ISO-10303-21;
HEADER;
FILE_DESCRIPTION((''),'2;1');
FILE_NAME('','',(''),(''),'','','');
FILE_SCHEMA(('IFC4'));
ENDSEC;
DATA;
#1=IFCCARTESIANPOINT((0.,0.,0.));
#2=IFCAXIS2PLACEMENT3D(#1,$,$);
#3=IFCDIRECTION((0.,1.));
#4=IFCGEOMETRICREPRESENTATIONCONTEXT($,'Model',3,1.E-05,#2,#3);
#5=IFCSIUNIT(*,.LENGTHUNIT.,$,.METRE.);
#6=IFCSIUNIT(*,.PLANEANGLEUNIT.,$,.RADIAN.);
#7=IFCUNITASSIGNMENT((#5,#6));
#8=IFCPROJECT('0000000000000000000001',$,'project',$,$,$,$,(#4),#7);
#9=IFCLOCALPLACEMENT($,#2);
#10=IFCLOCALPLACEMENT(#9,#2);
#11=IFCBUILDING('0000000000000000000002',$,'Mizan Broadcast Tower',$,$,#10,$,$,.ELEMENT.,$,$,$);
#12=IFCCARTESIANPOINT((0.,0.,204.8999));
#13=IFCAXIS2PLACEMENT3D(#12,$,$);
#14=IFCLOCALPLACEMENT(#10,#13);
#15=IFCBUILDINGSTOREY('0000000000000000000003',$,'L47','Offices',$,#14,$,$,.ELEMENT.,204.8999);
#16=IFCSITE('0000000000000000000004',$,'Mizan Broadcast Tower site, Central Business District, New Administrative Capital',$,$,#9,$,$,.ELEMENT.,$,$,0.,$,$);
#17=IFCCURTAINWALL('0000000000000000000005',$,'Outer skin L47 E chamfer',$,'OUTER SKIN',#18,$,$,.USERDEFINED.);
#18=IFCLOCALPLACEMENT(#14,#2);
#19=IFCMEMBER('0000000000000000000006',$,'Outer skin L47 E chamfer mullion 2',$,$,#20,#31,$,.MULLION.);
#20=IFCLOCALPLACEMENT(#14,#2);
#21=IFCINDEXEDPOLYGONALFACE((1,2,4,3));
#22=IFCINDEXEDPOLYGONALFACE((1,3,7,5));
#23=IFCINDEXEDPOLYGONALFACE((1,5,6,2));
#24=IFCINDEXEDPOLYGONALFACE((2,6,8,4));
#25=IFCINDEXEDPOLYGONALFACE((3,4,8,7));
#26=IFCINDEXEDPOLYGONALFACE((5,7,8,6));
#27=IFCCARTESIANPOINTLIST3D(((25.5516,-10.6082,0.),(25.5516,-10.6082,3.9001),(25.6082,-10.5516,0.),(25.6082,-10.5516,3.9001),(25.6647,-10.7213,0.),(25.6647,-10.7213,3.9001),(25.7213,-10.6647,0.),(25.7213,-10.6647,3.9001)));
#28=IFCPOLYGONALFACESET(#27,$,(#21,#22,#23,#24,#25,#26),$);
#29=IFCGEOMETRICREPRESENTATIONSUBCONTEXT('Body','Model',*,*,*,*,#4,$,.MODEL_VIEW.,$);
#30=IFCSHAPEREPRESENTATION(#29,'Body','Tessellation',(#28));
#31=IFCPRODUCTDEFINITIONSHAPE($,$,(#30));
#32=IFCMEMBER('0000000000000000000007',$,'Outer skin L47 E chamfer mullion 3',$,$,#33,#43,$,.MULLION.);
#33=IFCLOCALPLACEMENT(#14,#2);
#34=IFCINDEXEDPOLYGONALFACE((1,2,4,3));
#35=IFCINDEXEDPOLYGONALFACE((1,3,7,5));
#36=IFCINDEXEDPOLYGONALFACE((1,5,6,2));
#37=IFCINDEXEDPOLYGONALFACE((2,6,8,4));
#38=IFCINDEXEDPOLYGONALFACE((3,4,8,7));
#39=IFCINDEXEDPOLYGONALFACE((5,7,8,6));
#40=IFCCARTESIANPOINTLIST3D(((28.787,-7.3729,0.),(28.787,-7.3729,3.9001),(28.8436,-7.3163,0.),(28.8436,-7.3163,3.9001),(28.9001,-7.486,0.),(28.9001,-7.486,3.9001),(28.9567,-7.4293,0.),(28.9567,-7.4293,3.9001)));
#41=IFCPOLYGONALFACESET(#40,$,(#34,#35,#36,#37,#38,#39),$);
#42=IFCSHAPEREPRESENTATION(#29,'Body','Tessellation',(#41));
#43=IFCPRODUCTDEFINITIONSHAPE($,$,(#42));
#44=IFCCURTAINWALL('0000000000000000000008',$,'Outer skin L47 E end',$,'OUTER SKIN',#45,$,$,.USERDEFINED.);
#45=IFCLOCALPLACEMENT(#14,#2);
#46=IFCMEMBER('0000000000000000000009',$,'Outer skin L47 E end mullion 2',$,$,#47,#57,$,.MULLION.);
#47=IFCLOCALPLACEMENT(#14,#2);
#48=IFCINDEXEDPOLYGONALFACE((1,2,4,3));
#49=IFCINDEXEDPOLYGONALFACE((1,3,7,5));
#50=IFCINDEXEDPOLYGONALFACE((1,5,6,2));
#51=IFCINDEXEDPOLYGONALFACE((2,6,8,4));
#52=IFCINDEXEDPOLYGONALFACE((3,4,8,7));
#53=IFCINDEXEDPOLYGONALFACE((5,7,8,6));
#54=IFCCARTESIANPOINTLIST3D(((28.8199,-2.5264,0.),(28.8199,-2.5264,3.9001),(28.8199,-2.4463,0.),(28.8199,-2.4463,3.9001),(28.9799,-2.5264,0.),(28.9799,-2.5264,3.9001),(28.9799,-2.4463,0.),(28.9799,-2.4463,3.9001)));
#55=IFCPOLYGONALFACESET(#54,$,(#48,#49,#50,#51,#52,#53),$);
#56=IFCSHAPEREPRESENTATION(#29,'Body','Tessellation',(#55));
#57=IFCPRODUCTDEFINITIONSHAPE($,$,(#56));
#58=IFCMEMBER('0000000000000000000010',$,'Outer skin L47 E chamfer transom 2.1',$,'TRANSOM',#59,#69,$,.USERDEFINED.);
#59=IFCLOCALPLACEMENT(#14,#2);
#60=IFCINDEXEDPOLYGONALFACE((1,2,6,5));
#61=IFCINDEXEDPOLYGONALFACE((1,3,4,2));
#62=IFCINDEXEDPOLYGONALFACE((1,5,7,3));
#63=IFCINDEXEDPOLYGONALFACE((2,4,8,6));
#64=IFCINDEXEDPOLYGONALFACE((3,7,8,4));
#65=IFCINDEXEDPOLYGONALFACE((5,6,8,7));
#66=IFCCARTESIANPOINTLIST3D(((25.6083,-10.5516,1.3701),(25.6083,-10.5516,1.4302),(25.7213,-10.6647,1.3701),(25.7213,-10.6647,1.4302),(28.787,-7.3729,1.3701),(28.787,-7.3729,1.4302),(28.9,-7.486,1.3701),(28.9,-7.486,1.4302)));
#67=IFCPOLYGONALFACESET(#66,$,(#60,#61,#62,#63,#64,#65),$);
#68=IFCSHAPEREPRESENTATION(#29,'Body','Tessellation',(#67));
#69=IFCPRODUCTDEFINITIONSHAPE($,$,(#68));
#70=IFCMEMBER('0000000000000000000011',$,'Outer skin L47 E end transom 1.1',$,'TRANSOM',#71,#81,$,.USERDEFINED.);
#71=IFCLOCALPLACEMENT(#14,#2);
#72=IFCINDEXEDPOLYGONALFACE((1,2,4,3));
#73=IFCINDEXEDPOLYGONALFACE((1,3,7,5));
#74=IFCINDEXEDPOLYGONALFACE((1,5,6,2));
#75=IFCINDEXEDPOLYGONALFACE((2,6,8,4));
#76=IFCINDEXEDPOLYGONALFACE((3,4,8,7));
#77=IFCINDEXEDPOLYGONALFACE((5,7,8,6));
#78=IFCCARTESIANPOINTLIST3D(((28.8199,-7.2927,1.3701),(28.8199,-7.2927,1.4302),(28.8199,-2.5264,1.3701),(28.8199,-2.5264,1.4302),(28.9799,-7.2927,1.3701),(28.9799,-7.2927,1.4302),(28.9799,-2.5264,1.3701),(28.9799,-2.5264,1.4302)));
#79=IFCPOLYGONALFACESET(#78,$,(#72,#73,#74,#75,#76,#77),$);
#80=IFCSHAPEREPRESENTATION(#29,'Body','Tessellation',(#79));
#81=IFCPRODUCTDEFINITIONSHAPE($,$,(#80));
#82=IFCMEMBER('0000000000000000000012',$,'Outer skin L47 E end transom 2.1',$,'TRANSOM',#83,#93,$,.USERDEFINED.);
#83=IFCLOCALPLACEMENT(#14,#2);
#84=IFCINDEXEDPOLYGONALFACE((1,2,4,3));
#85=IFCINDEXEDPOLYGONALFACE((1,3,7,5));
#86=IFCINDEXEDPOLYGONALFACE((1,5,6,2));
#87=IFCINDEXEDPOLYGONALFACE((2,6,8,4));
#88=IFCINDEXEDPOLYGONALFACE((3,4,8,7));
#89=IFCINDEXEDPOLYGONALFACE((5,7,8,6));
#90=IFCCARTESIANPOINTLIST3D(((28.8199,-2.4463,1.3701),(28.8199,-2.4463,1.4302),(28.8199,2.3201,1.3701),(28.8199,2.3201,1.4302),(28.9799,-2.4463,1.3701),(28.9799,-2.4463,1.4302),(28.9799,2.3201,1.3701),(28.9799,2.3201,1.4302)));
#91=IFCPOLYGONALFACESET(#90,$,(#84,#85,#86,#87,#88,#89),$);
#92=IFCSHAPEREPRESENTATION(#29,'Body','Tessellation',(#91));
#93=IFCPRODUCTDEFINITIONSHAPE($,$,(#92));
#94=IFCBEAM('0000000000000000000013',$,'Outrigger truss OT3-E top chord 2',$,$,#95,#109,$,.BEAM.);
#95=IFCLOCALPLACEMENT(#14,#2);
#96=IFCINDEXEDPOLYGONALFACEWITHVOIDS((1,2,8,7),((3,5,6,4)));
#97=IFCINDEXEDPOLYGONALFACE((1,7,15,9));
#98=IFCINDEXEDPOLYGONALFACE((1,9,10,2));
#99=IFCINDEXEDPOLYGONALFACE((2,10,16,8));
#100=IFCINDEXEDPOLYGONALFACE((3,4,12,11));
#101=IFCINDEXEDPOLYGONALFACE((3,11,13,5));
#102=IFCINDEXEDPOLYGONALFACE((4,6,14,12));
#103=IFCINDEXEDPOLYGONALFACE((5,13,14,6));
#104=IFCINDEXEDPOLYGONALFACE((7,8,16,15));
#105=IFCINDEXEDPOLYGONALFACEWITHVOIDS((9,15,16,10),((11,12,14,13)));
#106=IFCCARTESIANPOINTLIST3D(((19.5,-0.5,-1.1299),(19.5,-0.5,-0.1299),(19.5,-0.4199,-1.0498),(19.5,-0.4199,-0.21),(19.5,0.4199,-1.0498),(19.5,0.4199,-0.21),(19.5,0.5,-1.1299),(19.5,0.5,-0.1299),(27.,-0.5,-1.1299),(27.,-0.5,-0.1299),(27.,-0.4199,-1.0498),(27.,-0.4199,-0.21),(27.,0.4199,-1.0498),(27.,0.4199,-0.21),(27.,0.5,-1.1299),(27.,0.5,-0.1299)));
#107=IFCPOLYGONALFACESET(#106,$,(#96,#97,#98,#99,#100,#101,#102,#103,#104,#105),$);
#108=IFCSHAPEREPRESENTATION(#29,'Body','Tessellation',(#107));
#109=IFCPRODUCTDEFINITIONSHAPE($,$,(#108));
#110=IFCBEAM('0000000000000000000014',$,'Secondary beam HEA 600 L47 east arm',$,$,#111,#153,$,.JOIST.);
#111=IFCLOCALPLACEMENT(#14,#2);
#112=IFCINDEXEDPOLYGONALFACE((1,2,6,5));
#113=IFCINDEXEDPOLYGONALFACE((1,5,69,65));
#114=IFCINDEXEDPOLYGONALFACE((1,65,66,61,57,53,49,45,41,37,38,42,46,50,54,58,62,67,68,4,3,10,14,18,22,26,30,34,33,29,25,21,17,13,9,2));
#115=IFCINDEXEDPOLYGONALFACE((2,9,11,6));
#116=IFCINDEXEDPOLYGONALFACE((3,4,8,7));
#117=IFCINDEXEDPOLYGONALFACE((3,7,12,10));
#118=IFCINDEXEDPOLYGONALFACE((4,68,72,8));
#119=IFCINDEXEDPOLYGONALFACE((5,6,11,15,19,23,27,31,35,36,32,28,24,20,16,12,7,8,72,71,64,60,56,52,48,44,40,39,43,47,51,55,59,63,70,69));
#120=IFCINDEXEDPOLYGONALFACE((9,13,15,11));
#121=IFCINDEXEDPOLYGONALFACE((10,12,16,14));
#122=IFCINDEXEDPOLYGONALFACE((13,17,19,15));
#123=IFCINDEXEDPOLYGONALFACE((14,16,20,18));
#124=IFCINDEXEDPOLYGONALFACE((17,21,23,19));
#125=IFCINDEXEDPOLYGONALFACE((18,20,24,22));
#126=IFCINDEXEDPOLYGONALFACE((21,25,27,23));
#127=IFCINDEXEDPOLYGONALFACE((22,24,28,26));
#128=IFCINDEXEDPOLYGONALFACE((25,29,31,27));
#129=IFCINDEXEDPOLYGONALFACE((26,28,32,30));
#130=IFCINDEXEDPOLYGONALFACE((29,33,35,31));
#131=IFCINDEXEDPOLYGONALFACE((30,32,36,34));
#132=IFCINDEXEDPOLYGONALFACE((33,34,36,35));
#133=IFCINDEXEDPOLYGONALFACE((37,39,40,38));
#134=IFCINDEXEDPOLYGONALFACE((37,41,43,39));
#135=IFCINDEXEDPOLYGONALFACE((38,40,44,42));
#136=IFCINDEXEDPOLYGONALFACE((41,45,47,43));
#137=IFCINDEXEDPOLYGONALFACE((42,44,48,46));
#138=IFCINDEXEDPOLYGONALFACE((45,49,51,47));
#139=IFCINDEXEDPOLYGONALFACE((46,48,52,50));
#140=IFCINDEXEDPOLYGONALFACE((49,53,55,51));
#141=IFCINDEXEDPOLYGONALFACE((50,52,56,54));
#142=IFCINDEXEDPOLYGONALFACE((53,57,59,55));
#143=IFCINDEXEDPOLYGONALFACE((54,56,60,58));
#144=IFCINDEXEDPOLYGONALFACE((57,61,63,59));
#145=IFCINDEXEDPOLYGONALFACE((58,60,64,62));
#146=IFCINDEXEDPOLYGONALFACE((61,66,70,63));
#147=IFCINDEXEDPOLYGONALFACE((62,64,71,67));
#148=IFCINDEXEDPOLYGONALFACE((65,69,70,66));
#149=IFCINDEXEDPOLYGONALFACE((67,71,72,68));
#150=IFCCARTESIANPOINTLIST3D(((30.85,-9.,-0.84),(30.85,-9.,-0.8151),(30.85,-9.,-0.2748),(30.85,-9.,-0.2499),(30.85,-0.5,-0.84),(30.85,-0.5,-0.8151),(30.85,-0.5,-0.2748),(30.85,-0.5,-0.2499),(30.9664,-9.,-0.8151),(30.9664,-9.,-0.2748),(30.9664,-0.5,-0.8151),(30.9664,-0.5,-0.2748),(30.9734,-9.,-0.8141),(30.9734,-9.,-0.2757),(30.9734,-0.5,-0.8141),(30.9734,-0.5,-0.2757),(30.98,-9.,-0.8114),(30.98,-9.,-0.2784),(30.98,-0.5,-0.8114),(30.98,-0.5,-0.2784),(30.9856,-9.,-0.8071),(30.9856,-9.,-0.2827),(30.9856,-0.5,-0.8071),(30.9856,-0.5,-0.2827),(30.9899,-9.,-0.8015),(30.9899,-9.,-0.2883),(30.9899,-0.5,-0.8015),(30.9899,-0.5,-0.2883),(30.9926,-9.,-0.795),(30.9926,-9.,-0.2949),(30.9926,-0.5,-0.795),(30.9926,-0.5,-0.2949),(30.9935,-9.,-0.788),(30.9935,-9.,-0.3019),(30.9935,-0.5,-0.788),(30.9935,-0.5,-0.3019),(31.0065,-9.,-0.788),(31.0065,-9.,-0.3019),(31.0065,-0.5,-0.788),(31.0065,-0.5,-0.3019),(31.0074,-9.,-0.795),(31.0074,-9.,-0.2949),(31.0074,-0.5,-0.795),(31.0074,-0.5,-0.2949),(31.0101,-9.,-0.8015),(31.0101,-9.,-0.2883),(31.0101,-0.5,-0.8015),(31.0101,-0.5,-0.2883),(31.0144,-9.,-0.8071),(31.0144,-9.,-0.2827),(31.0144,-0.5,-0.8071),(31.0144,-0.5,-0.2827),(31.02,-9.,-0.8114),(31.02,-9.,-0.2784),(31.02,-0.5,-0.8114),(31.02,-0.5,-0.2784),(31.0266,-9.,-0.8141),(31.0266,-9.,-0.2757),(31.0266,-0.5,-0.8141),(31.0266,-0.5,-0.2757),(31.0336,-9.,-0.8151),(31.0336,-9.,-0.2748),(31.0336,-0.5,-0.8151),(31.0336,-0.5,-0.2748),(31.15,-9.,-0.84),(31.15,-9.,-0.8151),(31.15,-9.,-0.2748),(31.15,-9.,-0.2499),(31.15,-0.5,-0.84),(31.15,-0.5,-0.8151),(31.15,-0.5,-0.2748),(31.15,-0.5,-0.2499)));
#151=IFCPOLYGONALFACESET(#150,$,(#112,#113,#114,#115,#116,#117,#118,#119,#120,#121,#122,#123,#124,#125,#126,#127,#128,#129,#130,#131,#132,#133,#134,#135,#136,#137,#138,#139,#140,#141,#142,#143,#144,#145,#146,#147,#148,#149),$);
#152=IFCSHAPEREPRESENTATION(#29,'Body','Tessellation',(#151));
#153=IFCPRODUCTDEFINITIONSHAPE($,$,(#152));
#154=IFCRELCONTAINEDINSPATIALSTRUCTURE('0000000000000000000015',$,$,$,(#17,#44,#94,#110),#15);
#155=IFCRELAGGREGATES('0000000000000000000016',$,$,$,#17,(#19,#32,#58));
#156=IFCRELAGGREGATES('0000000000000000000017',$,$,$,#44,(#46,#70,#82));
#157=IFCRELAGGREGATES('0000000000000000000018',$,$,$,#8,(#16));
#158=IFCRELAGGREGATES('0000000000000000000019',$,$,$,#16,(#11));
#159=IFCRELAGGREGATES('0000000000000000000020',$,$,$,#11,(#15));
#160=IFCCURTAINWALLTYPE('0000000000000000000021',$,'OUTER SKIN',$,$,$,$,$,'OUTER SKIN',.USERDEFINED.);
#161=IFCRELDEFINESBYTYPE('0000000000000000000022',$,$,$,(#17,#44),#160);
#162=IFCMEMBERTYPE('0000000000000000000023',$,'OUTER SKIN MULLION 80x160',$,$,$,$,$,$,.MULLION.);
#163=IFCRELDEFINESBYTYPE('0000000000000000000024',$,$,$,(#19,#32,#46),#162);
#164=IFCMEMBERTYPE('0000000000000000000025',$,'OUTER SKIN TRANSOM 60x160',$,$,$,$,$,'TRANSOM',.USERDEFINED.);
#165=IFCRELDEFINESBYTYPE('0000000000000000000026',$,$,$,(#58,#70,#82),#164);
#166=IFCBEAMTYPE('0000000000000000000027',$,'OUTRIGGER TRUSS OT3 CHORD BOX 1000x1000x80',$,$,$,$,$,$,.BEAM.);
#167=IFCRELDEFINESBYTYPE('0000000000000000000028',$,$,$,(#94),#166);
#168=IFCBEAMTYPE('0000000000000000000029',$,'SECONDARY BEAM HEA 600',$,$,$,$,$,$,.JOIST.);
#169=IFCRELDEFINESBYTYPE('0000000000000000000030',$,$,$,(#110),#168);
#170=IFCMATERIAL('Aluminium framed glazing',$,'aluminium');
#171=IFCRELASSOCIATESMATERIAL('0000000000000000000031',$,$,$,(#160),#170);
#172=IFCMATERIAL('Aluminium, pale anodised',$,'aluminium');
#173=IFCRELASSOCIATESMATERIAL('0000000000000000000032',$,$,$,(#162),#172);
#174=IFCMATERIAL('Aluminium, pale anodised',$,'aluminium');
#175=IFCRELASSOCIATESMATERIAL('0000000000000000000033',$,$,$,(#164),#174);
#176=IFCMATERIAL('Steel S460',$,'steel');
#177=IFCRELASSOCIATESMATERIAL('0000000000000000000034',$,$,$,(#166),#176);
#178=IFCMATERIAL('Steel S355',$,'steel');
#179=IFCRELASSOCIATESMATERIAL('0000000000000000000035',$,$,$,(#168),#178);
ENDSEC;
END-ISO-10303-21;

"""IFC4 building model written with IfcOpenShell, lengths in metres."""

from ifc_helpers import new_model, si_unit, direction, frame, origin, origin_2d, place, context, subcontext, project, spatial, rectangle, hollow_rectangle, i_section, extrude, material, material_profile, profile_set, type_object, element, aggregate, save


model = new_model("IFC4")

# Units and contexts
model_context = context("Model", 3, precision=1e-05, world=origin(), true_north=direction((0.0, 1.0)))
body_context = subcontext(model_context, "Body", "Model", "MODEL_VIEW")
ifc_project = project(units=[si_unit("LENGTHUNIT", "METRE"), si_unit("PLANEANGLEUNIT", "RADIAN")], contexts=[model_context])

# Site, building, storey
site_placement = place(None, origin())
site = spatial("IfcSite", under=ifc_project, at=site_placement, Name="Mizan Broadcast Tower site, Central Business District, New Administrative Capital", CompositionType="ELEMENT", RefElevation=0.0)
building_placement = place(site_placement, origin())
building = spatial("IfcBuilding", under=site, at=building_placement, Name="Mizan Broadcast Tower", CompositionType="ELEMENT")
storey_placement = place(building_placement, frame((0.0, 0.0, 204.8999)))
storey = spatial("IfcBuildingStorey", under=building, at=storey_placement, Name="L47", Description="Offices", CompositionType="ELEMENT", Elevation=204.8999)

# Curtain wall, members
ifc_material_1 = material(Name="Aluminium framed glazing", Category="aluminium")
curtain_wall_type_1 = type_object("IfcCurtainWallType", Name="OUTER SKIN", ElementType="OUTER SKIN", PredefinedType="USERDEFINED", material=ifc_material_1)
curtain_wall_1_placement = place(storey_placement, origin())
curtain_wall_1 = element("IfcCurtainWall", 1, at=curtain_wall_1_placement, inside=storey, type_object=curtain_wall_type_1, Name="Outer skin L47 E chamfer", ObjectType="OUTER SKIN", PredefinedType="USERDEFINED")
ifc_material_2 = material(Name="Aluminium, pale anodised", Category="aluminium")
ifc_material_profile_1 = material_profile(ifc_material_2, rectangle(XDim=0.1599, YDim=0.0801, at=origin_2d()), Name="MULLION 160x80")
ifc_profile_set_1 = profile_set([ifc_material_profile_1], Name="Aluminium, pale anodised")
member_type_1 = type_object("IfcMemberType", Name="OUTER SKIN MULLION 80x160", PredefinedType="MULLION", material=ifc_profile_set_1)
member_1_placement = place(storey_placement, frame((25.6365, -10.6365, 0.0), z_axis=(0.0, 0.0, 1.0), x_axis=(-0.707107, 0.707107, 0.0)))
member_1 = element("IfcMember", 2, at=member_1_placement, type_object=member_type_1, Name="Outer skin L47 E chamfer mullion 2", PredefinedType="MULLION", context=body_context, shape_type="SweptSolid", body=[
    extrude(rectangle(XDim=0.1599, YDim=0.0801, at=origin_2d()), origin(), (0.0, 0.0, 1.0), 3.9001),
])
member_2_placement = place(storey_placement, frame((28.8718, -7.4011, 0.0), z_axis=(0.0, 0.0, 1.0), x_axis=(-0.707107, 0.707107, 0.0)))
member_2 = element("IfcMember", 3, at=member_2_placement, type_object=member_type_1, Name="Outer skin L47 E chamfer mullion 3", PredefinedType="MULLION", context=body_context, shape_type="SweptSolid", body=[
    extrude(rectangle(XDim=0.1599, YDim=0.0801, at=origin_2d()), origin(), (0.0, 0.0, 1.0), 3.9001),
])

# Curtain wall, member
curtain_wall_2_placement = place(storey_placement, origin())
curtain_wall_2 = element("IfcCurtainWall", 4, at=curtain_wall_2_placement, inside=storey, type_object=curtain_wall_type_1, Name="Outer skin L47 E end", ObjectType="OUTER SKIN", PredefinedType="USERDEFINED")
member_3_placement = place(storey_placement, frame((28.8999, -2.4863, 0.0), z_axis=(0.0, 0.0, 1.0), x_axis=(-1.0, 0.0, 0.0)))
member_3 = element("IfcMember", 5, at=member_3_placement, type_object=member_type_1, Name="Outer skin L47 E end mullion 2", PredefinedType="MULLION", context=body_context, shape_type="SweptSolid", body=[
    extrude(rectangle(XDim=0.1599, YDim=0.0801, at=origin_2d()), origin(), (0.0, 0.0, 1.0), 3.9001),
])

# Members
ifc_material_3 = material(Name="Aluminium, pale anodised", Category="aluminium")
ifc_material_profile_2 = material_profile(ifc_material_3, rectangle(XDim=0.1599, YDim=0.0601, at=origin_2d()), Name="TRANSOM 160x60")
ifc_profile_set_2 = profile_set([ifc_material_profile_2], Name="Aluminium, pale anodised")
member_type_2 = type_object("IfcMemberType", Name="OUTER SKIN TRANSOM 60x160", ElementType="TRANSOM", PredefinedType="USERDEFINED", material=ifc_profile_set_2)
member_4_placement = place(storey_placement, frame((25.6648, -10.6082, 1.4001), z_axis=(0.707107, 0.707107, 0.0), x_axis=(-0.707107, 0.707107, 0.0)))
member_4 = element("IfcMember", 6, at=member_4_placement, type_object=member_type_2, Name="Outer skin L47 E chamfer transom 2.1", ObjectType="TRANSOM", PredefinedType="USERDEFINED", context=body_context, shape_type="SweptSolid", body=[
    extrude(rectangle(XDim=0.1599, YDim=0.0601, at=origin_2d()), origin(), (0.0, 0.0, 1.0), 4.4954),
])
member_5_placement = place(storey_placement, frame((28.8999, -7.2927, 1.4001), z_axis=(0.0, 1.0, 0.0), x_axis=(-1.0, 0.0, 0.0)))
member_5 = element("IfcMember", 7, at=member_5_placement, type_object=member_type_2, Name="Outer skin L47 E end transom 1.1", ObjectType="TRANSOM", PredefinedType="USERDEFINED", context=body_context, shape_type="SweptSolid", body=[
    extrude(rectangle(XDim=0.1599, YDim=0.0601, at=origin_2d()), origin(), (0.0, 0.0, 1.0), 4.7664),
])
member_6_placement = place(storey_placement, frame((28.8999, -2.4463, 1.4001), z_axis=(0.0, 1.0, 0.0), x_axis=(-1.0, 0.0, 0.0)))
member_6 = element("IfcMember", 8, at=member_6_placement, type_object=member_type_2, Name="Outer skin L47 E end transom 2.1", ObjectType="TRANSOM", PredefinedType="USERDEFINED", context=body_context, shape_type="SweptSolid", body=[
    extrude(rectangle(XDim=0.1599, YDim=0.0601, at=origin_2d()), origin(), (0.0, 0.0, 1.0), 4.7664),
])

# Beams
ifc_material_4 = material(Name="Steel S460", Category="steel")
ifc_material_profile_3 = material_profile(ifc_material_4, hollow_rectangle(XDim=1.0, YDim=1.0, WallThickness=0.0801, at=origin_2d()), Name="BOX 1000x1000x80")
ifc_profile_set_3 = profile_set([ifc_material_profile_3], Name="Steel S460")
beam_type_1 = type_object("IfcBeamType", Name="OUTRIGGER TRUSS OT3 CHORD BOX 1000x1000x80", PredefinedType="BEAM", material=ifc_profile_set_3)
beam_1_placement = place(storey_placement, frame((19.5, 0.0, -0.6299), z_axis=(1.0, 0.0, 0.0), x_axis=(0.0, 1.0, 0.0)))
element("IfcBeam", 9, at=beam_1_placement, inside=storey, type_object=beam_type_1, Name="Outrigger truss OT3-E top chord 2", PredefinedType="BEAM", context=body_context, shape_type="SweptSolid", body=[
    extrude(hollow_rectangle(XDim=1.0, YDim=1.0, WallThickness=0.0801, at=origin_2d()), origin(), (0.0, 0.0, 1.0), 7.5),
])
ifc_material_5 = material(Name="Steel S355", Category="steel")
ifc_material_profile_4 = material_profile(ifc_material_5, i_section(OverallWidth=0.3, OverallDepth=0.5901, WebThickness=0.0129, FlangeThickness=0.0249, FilletRadius=0.0271, at=origin_2d()), Name="HEA 600")
ifc_profile_set_4 = profile_set([ifc_material_profile_4], Name="Steel S355")
beam_type_2 = type_object("IfcBeamType", Name="SECONDARY BEAM HEA 600", PredefinedType="JOIST", material=ifc_profile_set_4)
beam_2_placement = place(storey_placement, frame((31.0, -9.0, -0.5449), z_axis=(0.0, 1.0, 0.0), x_axis=(-1.0, 0.0, 0.0)))
element("IfcBeam", 10, at=beam_2_placement, inside=storey, type_object=beam_type_2, Name="Secondary beam HEA 600 L47 east arm", PredefinedType="JOIST", context=body_context, shape_type="SweptSolid", body=[
    extrude(i_section(OverallWidth=0.3, OverallDepth=0.5901, WebThickness=0.0129, FlangeThickness=0.0249, FilletRadius=0.0271, at=origin_2d()), origin(), (0.0, 0.0, 1.0), 8.5),
])

aggregate(curtain_wall_1, [member_1, member_2, member_4])
aggregate(curtain_wall_2, [member_3, member_5, member_6])

save(model, "model.ifc")
